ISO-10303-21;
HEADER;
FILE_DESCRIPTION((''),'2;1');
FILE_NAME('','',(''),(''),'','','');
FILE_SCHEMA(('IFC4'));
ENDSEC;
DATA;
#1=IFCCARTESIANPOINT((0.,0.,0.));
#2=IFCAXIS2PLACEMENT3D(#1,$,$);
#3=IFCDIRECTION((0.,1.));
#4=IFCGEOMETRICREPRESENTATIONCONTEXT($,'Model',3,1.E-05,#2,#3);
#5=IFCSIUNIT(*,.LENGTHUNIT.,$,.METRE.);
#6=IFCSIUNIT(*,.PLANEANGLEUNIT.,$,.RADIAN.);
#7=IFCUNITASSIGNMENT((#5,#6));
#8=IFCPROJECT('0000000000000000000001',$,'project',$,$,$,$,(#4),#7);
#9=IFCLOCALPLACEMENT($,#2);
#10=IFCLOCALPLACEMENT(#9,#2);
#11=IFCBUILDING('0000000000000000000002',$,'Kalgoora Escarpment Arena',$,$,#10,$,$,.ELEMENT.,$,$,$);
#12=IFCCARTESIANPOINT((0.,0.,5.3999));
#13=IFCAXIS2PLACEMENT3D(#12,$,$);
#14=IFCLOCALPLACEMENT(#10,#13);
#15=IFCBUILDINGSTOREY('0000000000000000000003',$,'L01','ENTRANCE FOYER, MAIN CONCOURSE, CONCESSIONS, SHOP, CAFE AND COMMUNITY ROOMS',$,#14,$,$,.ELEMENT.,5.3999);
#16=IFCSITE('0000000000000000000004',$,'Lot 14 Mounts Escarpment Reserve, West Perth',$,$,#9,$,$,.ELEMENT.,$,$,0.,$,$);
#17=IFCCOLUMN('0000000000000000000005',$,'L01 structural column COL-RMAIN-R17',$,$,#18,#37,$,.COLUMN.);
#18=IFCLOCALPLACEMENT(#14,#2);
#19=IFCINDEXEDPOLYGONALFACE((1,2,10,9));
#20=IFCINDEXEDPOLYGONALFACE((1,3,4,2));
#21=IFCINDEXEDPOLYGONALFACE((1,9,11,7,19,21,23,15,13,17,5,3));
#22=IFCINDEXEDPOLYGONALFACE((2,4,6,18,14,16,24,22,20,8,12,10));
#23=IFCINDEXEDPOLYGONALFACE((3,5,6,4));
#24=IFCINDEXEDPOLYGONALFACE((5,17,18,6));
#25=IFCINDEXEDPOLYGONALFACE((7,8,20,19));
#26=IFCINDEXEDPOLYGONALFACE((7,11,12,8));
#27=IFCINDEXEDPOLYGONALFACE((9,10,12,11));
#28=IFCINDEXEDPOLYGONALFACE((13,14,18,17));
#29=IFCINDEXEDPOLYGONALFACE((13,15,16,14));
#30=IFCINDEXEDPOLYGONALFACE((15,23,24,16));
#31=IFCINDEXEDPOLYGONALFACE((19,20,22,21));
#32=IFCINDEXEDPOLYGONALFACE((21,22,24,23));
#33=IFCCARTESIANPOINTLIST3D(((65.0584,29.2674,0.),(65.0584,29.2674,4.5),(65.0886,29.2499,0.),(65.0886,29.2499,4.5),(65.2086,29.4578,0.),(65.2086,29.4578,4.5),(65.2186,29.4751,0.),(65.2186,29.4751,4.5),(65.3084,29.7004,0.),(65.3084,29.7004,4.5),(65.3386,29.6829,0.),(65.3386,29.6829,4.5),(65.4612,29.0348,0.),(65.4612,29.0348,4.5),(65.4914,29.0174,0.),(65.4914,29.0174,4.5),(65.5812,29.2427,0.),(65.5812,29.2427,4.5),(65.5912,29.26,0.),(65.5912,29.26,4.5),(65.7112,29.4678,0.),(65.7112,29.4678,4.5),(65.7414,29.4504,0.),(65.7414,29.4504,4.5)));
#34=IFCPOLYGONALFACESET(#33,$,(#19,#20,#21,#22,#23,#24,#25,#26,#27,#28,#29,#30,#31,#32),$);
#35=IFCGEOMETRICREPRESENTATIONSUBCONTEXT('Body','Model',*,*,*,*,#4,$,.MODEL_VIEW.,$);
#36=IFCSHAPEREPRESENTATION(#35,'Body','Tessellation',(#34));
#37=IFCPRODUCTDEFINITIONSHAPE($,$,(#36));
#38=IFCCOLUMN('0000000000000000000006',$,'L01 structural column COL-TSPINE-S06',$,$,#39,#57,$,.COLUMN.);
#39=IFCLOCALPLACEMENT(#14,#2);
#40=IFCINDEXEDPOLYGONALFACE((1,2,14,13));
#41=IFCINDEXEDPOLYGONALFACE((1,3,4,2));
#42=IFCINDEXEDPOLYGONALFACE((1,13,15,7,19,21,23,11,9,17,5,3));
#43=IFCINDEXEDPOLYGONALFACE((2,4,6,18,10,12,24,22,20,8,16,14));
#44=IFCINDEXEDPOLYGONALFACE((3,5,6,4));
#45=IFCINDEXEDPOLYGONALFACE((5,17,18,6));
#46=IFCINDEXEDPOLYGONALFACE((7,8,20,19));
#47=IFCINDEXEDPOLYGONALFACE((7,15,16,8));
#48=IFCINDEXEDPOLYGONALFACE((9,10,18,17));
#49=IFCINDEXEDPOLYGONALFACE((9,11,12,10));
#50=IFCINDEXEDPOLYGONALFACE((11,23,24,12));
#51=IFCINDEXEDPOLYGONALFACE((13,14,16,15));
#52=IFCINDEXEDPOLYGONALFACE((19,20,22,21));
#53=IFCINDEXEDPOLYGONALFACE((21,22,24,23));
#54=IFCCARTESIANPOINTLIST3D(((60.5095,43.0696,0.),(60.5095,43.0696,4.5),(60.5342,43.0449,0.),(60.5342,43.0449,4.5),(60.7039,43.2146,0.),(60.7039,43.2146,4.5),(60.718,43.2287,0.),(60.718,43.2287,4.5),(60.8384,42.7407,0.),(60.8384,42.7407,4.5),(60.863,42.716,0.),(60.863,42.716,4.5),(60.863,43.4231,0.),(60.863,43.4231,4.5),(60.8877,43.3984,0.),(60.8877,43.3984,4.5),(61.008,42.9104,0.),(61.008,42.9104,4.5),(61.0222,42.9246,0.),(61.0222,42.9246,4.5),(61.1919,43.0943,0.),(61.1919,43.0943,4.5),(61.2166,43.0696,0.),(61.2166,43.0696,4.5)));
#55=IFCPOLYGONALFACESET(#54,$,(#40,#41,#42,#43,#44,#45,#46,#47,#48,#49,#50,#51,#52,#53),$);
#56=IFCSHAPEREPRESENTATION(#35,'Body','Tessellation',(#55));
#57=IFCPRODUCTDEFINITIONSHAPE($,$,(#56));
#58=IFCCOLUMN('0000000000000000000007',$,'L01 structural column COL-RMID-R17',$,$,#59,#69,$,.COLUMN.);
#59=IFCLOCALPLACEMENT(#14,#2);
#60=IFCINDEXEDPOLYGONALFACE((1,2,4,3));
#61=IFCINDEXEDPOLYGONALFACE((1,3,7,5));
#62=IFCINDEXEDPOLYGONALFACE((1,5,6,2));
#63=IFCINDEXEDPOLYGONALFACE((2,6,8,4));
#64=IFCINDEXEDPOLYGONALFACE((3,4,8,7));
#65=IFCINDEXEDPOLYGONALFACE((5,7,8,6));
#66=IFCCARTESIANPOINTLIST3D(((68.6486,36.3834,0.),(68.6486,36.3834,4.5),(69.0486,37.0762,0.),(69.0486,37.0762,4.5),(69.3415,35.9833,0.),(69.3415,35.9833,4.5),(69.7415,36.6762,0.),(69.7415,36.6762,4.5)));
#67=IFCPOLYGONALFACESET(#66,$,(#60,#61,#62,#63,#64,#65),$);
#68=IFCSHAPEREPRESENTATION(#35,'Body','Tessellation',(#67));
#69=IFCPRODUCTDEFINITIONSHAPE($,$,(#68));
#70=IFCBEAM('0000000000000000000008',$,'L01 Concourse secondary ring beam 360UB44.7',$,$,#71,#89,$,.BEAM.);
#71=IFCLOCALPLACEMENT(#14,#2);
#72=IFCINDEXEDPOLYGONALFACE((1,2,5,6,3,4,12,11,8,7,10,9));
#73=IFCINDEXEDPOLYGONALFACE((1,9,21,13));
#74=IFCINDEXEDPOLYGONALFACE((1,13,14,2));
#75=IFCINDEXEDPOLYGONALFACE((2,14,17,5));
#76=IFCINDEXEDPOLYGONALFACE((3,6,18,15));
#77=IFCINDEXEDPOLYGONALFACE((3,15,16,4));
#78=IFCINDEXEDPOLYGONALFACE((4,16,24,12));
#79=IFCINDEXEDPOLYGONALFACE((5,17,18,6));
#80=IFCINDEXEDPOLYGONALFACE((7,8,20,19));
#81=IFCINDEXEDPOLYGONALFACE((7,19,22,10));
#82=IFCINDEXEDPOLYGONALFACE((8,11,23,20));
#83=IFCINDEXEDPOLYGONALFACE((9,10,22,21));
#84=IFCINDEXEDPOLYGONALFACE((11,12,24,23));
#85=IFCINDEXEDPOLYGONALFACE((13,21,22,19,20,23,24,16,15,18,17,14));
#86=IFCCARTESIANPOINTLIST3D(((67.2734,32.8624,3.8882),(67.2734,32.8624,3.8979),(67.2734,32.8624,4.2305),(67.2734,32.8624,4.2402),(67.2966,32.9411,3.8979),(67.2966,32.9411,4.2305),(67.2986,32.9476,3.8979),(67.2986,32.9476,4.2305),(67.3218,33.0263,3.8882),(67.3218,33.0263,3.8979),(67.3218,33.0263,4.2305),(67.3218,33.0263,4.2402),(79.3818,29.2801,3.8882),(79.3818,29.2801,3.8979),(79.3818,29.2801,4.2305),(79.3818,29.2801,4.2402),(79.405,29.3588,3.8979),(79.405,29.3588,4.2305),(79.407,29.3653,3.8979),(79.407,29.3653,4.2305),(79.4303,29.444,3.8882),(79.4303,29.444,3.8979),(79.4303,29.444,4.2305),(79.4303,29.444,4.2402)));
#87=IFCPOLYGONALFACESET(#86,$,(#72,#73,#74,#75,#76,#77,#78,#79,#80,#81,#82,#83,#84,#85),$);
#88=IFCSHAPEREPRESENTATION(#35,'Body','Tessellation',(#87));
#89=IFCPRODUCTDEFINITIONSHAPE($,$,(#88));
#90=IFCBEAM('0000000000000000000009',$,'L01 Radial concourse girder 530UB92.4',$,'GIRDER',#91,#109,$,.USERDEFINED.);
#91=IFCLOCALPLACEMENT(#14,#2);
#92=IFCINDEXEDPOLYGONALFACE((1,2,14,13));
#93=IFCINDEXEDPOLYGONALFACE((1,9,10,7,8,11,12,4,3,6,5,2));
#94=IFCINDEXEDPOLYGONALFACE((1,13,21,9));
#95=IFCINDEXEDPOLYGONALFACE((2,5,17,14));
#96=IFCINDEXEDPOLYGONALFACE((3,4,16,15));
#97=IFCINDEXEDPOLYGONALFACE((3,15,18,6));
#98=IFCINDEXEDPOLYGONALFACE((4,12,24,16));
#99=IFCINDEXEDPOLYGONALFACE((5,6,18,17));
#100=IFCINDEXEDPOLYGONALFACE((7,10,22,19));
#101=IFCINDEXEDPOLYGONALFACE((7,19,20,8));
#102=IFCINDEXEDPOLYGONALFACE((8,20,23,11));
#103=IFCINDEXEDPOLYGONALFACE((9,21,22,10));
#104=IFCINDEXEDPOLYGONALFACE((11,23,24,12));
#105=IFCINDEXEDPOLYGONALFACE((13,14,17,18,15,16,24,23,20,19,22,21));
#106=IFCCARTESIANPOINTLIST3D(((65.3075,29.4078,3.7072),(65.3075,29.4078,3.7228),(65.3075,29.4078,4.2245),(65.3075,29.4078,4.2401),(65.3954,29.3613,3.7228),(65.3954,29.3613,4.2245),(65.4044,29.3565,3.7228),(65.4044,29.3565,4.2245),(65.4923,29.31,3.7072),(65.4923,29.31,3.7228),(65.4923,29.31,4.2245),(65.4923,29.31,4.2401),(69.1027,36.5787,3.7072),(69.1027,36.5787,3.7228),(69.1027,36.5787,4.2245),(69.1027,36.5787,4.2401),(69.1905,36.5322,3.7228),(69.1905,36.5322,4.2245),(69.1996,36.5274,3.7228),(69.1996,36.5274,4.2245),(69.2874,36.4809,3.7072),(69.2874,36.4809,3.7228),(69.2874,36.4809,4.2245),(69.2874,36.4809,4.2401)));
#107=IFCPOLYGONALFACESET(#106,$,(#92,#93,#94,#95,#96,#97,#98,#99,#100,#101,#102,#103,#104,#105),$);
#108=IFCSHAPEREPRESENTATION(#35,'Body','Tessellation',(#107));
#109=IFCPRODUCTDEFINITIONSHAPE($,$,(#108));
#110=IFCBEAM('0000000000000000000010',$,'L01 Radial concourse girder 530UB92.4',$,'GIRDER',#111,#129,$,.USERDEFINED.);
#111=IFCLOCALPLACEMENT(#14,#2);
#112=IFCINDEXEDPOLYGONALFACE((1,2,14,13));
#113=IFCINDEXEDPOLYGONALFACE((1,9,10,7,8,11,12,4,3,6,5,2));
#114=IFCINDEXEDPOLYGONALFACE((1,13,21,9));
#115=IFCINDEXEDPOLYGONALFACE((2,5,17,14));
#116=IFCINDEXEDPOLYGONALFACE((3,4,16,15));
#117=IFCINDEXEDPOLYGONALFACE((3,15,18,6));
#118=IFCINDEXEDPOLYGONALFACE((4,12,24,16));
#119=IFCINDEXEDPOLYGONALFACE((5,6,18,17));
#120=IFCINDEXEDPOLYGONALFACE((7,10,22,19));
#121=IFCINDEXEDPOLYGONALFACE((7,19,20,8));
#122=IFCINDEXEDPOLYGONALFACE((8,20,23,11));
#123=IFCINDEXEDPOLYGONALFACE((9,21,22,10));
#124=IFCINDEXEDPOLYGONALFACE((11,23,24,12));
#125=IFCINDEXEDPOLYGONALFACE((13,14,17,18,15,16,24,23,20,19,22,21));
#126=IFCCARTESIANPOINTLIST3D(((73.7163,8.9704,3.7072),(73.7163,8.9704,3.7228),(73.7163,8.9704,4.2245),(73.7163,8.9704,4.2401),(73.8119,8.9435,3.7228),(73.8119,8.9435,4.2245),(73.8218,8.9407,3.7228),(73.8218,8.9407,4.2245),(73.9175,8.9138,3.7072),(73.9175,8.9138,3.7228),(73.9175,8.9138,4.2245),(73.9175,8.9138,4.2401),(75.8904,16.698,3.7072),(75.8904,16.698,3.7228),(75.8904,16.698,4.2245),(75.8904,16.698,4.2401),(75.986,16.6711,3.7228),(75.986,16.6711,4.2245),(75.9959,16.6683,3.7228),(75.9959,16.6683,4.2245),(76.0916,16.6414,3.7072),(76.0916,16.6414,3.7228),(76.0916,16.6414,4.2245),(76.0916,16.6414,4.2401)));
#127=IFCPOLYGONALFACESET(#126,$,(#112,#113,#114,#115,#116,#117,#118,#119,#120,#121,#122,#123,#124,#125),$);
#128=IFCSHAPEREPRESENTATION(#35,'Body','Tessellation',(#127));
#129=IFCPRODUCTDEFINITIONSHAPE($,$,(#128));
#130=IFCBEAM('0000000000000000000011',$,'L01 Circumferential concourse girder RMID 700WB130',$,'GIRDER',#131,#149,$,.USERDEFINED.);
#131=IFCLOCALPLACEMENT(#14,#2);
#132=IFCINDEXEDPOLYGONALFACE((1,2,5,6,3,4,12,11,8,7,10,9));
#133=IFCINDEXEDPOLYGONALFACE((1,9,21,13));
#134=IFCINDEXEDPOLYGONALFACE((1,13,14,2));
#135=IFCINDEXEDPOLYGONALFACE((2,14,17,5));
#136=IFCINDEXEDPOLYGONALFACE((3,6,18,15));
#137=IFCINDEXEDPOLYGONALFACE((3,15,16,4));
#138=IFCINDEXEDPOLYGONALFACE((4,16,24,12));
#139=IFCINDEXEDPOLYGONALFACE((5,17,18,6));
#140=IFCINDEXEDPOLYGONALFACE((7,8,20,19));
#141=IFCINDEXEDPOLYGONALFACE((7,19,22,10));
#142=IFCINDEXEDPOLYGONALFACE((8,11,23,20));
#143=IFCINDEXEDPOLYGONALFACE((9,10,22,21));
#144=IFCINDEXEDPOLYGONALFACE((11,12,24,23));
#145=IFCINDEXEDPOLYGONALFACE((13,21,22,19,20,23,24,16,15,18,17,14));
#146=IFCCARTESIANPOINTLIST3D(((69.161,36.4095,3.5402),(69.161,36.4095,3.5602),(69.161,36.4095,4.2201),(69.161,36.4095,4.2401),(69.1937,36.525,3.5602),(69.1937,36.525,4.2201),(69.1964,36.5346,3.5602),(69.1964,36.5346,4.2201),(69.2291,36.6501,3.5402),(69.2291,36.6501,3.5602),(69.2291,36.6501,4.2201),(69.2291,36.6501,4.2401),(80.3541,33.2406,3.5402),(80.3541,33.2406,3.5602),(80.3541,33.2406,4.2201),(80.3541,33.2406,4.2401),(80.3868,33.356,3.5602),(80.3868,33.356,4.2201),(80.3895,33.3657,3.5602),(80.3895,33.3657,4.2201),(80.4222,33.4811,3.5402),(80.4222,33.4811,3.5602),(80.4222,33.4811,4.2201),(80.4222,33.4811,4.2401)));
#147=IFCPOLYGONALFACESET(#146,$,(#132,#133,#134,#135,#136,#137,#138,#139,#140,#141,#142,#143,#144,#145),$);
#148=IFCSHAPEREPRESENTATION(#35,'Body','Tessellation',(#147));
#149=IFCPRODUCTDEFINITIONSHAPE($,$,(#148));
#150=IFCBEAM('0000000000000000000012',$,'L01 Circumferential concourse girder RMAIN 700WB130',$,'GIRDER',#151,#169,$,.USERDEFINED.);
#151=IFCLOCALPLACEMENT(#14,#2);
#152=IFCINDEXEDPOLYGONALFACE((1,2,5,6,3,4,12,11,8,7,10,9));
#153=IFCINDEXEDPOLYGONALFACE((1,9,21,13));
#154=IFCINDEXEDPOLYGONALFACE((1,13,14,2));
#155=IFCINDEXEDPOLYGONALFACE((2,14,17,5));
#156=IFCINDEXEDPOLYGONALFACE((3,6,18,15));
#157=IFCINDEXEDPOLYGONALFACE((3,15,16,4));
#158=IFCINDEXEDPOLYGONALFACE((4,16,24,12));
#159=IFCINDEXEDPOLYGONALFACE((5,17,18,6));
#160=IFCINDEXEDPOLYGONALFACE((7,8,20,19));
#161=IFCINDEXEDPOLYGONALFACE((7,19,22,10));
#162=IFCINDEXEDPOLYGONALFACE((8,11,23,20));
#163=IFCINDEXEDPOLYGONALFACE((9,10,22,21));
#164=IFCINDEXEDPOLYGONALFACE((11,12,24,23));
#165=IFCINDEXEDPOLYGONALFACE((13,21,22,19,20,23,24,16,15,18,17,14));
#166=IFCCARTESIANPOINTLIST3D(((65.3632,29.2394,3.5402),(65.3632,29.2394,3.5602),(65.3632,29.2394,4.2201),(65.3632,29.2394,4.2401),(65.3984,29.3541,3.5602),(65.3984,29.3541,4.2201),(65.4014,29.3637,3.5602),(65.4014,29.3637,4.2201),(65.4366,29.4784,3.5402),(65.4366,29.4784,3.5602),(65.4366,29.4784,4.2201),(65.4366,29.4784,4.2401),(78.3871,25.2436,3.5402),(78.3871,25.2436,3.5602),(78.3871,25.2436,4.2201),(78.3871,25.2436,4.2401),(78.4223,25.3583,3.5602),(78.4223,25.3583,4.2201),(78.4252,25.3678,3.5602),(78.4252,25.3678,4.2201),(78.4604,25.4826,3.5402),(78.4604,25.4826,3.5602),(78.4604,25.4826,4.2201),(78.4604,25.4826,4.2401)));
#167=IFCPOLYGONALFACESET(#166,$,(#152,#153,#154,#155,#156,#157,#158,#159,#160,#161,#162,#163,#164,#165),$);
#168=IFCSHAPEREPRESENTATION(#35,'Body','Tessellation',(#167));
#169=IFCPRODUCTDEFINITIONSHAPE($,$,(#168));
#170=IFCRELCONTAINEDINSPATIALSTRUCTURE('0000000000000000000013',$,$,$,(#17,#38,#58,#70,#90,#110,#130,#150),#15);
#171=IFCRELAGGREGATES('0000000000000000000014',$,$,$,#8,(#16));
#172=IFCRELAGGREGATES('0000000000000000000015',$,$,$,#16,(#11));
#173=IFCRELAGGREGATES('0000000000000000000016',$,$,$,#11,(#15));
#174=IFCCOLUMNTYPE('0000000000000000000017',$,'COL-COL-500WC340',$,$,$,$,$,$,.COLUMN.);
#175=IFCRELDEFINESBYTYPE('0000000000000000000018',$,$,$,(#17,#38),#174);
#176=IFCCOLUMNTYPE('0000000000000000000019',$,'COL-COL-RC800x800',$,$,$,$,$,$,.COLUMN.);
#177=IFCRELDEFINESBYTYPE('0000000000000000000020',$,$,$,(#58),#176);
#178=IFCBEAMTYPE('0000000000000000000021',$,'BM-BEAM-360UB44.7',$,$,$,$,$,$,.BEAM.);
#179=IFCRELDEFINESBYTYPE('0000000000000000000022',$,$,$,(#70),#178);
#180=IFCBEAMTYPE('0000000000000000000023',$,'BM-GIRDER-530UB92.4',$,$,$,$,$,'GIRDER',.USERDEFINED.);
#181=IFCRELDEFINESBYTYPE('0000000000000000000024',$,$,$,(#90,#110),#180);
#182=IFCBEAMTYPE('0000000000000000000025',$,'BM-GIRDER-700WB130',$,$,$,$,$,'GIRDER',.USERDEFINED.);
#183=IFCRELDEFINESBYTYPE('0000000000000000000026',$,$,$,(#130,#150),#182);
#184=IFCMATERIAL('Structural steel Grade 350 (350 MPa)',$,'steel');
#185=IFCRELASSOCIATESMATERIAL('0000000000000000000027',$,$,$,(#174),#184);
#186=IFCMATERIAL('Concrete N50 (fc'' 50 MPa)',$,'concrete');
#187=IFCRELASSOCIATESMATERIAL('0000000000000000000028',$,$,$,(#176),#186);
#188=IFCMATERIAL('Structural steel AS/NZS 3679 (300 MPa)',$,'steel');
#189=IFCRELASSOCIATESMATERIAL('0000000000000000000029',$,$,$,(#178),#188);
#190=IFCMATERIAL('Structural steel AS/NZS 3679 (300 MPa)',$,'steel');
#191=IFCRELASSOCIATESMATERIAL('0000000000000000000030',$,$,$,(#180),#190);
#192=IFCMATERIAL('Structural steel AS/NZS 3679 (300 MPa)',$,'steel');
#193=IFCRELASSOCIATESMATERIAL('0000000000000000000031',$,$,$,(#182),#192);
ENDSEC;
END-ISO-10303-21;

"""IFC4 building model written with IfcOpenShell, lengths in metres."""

from ifc_helpers import new_model, si_unit, direction, frame, origin, origin_2d, place, context, subcontext, project, spatial, rectangle, i_section, extrude, material, material_profile, profile_set, type_object, element, save


model = new_model("IFC4")

# Units and contexts
model_context = context("Model", 3, precision=1e-05, world=origin(), true_north=direction((0.0, 1.0)))
body_context = subcontext(model_context, "Body", "Model", "MODEL_VIEW")
ifc_project = project(units=[si_unit("LENGTHUNIT", "METRE"), si_unit("PLANEANGLEUNIT", "RADIAN")], contexts=[model_context])

# Site, building, storey
site_placement = place(None, origin())
site = spatial("IfcSite", under=ifc_project, at=site_placement, Name="Lot 14 Mounts Escarpment Reserve, West Perth", CompositionType="ELEMENT", RefElevation=0.0)
building_placement = place(site_placement, origin())
building = spatial("IfcBuilding", under=site, at=building_placement, Name="Kalgoora Escarpment Arena", CompositionType="ELEMENT")
storey_placement = place(building_placement, frame((0.0, 0.0, 5.3999)))
storey = spatial("IfcBuildingStorey", under=building, at=storey_placement, Name="L01", Description="ENTRANCE FOYER, MAIN CONCOURSE, CONCESSIONS, SHOP, CAFE AND COMMUNITY ROOMS", CompositionType="ELEMENT", Elevation=5.3999)

# Columns
ifc_material_1 = material(Name="Structural steel Grade 350 (350 MPa)", Category="steel")
ifc_material_profile_1 = material_profile(ifc_material_1, i_section(OverallWidth=0.5, OverallDepth=0.5, WebThickness=0.02, FlangeThickness=0.0349, at=origin_2d()))
ifc_profile_set_1 = profile_set([ifc_material_profile_1], Name="Structural steel Grade 350 (350 MPa)")
column_type_1 = type_object("IfcColumnType", Name="COL-COL-500WC340", PredefinedType="COLUMN", material=ifc_profile_set_1)
for number, where, z_axis, x_axis, name in (
    (1, (65.3999, 29.3589, 0.0), (0.0, 0.0, 1.0), (-0.5, -0.866025, 0.0), "L01 structural column COL-RMAIN-R17"),
    (2, (60.863, 43.0696, 0.0), (0.0, 0.0, 1.0), (-0.707107, -0.707107, 0.0), "L01 structural column COL-TSPINE-S06"),
):
    element("IfcColumn", number, at=place(storey_placement, frame(where, z_axis=z_axis, x_axis=x_axis)), inside=storey, type_object=column_type_1, Name=name, PredefinedType="COLUMN", context=body_context, shape_type="SweptSolid", body=[
        extrude(i_section(OverallWidth=0.5, OverallDepth=0.5, WebThickness=0.02, FlangeThickness=0.0349, at=origin_2d()), origin(), (0.0, 0.0, 1.0), 4.5),
    ])
ifc_material_2 = material(Name="Concrete N50 (fc' 50 MPa)", Category="concrete")
ifc_material_profile_2 = material_profile(ifc_material_2, rectangle(XDim=0.8, YDim=0.8, at=origin_2d()))
ifc_profile_set_2 = profile_set([ifc_material_profile_2], Name="Concrete N50 (fc' 50 MPa)")
column_type_2 = type_object("IfcColumnType", Name="COL-COL-RC800x800", PredefinedType="COLUMN", material=ifc_profile_set_2)
column_placement = place(storey_placement, frame((69.1951, 36.5298, 0.0), z_axis=(0.0, 0.0, 1.0), x_axis=(-0.5, -0.866025, 0.0)))
element("IfcColumn", 3, at=column_placement, inside=storey, type_object=column_type_2, Name="L01 structural column COL-RMID-R17", PredefinedType="COLUMN", context=body_context, shape_type="SweptSolid", body=[
    extrude(rectangle(XDim=0.8, YDim=0.8, at=origin_2d()), origin(), (0.0, 0.0, 1.0), 4.5),
])

# Beams
ifc_material_3 = material(Name="Structural steel AS/NZS 3679 (300 MPa)", Category="steel")
ifc_material_profile_3 = material_profile(ifc_material_3, i_section(OverallWidth=0.1709, OverallDepth=0.3521, WebThickness=0.0068, FlangeThickness=0.0098, at=origin_2d()))
ifc_profile_set_3 = profile_set([ifc_material_profile_3], Name="Structural steel AS/NZS 3679 (300 MPa)")
beam_type_1 = type_object("IfcBeamType", Name="BM-BEAM-360UB44.7", PredefinedType="BEAM", material=ifc_profile_set_3)
beam_1_placement = place(storey_placement, frame((67.2976, 32.9443, 4.0642), z_axis=(0.958914, -0.283695, 0.0), x_axis=(0.283695, 0.958914, 0.0)))
element("IfcBeam", 4, at=beam_1_placement, inside=storey, type_object=beam_type_1, Name="L01 Concourse secondary ring beam 360UB44.7", PredefinedType="BEAM", context=body_context, shape_type="SweptSolid", body=[
    extrude(i_section(OverallWidth=0.1709, OverallDepth=0.3521, WebThickness=0.0068, FlangeThickness=0.0098, at=origin_2d()), origin(), (0.0, 0.0, 1.0), 12.6272),
])
ifc_material_4 = material(Name="Structural steel AS/NZS 3679 (300 MPa)", Category="steel")
ifc_material_profile_4 = material_profile(ifc_material_4, i_section(OverallWidth=0.209, OverallDepth=0.533, WebThickness=0.0103, FlangeThickness=0.0156, at=origin_2d()))
ifc_profile_set_4 = profile_set([ifc_material_profile_4], Name="Structural steel AS/NZS 3679 (300 MPa)")
beam_type_2 = type_object("IfcBeamType", Name="BM-GIRDER-530UB92.4", ElementType="GIRDER", PredefinedType="USERDEFINED", material=ifc_profile_set_4)
beam_2_placement = place(storey_placement, frame((69.1951, 36.5298, 3.9736), z_axis=(-0.467773, -0.883849, 0.0), x_axis=(0.883849, -0.467773, 0.0)))
element("IfcBeam", 5, at=beam_2_placement, inside=storey, type_object=beam_type_2, Name="L01 Radial concourse girder 530UB92.4", ObjectType="GIRDER", PredefinedType="USERDEFINED", context=body_context, shape_type="SweptSolid", body=[
    extrude(i_section(OverallWidth=0.209, OverallDepth=0.533, WebThickness=0.0103, FlangeThickness=0.0156, at=origin_2d()), origin(), (0.0, 0.0, 1.0), 8.1133),
])
beam_3_placement = place(storey_placement, frame((75.991, 16.6697, 3.9736), z_axis=(-0.270827, -0.962628, 0.0), x_axis=(0.962628, -0.270827, 0.0)))
element("IfcBeam", 6, at=beam_3_placement, inside=storey, type_object=beam_type_2, Name="L01 Radial concourse girder 530UB92.4", ObjectType="GIRDER", PredefinedType="USERDEFINED", context=body_context, shape_type="SweptSolid", body=[
    extrude(i_section(OverallWidth=0.209, OverallDepth=0.533, WebThickness=0.0103, FlangeThickness=0.0156, at=origin_2d()), origin(), (0.0, 0.0, 1.0), 8.0276),
])
ifc_material_5 = material(Name="Structural steel AS/NZS 3679 (300 MPa)", Category="steel")
ifc_material_profile_5 = material_profile(ifc_material_5, i_section(OverallWidth=0.25, OverallDepth=0.7, WebThickness=0.01, FlangeThickness=0.02, at=origin_2d()))
ifc_profile_set_5 = profile_set([ifc_material_profile_5], Name="Structural steel AS/NZS 3679 (300 MPa)")
beam_type_3 = type_object("IfcBeamType", Name="BM-GIRDER-700WB130", ElementType="GIRDER", PredefinedType="USERDEFINED", material=ifc_profile_set_5)
beam_4_placement = place(storey_placement, frame((69.1951, 36.5298, 3.8901), z_axis=(0.962182, -0.272409, 0.0), x_axis=(0.272409, 0.962182, 0.0)))
element("IfcBeam", 7, at=beam_4_placement, inside=storey, type_object=beam_type_3, Name="L01 Circumferential concourse girder RMID 700WB130", ObjectType="GIRDER", PredefinedType="USERDEFINED", context=body_context, shape_type="SweptSolid", body=[
    extrude(i_section(OverallWidth=0.25, OverallDepth=0.7, WebThickness=0.01, FlangeThickness=0.02, at=origin_2d()), origin(), (0.0, 0.0, 1.0), 11.6331),
])
beam_5_placement = place(storey_placement, frame((65.3999, 29.3589, 3.8901), z_axis=(0.956016, -0.293314, 0.0), x_axis=(0.293314, 0.956016, 0.0)))
element("IfcBeam", 8, at=beam_5_placement, inside=storey, type_object=beam_type_3, Name="L01 Circumferential concourse girder RMAIN 700WB130", ObjectType="GIRDER", PredefinedType="USERDEFINED", context=body_context, shape_type="SweptSolid", body=[
    extrude(i_section(OverallWidth=0.25, OverallDepth=0.7, WebThickness=0.01, FlangeThickness=0.02, at=origin_2d()), origin(), (0.0, 0.0, 1.0), 13.623),
])

save(model, "model.ifc")
